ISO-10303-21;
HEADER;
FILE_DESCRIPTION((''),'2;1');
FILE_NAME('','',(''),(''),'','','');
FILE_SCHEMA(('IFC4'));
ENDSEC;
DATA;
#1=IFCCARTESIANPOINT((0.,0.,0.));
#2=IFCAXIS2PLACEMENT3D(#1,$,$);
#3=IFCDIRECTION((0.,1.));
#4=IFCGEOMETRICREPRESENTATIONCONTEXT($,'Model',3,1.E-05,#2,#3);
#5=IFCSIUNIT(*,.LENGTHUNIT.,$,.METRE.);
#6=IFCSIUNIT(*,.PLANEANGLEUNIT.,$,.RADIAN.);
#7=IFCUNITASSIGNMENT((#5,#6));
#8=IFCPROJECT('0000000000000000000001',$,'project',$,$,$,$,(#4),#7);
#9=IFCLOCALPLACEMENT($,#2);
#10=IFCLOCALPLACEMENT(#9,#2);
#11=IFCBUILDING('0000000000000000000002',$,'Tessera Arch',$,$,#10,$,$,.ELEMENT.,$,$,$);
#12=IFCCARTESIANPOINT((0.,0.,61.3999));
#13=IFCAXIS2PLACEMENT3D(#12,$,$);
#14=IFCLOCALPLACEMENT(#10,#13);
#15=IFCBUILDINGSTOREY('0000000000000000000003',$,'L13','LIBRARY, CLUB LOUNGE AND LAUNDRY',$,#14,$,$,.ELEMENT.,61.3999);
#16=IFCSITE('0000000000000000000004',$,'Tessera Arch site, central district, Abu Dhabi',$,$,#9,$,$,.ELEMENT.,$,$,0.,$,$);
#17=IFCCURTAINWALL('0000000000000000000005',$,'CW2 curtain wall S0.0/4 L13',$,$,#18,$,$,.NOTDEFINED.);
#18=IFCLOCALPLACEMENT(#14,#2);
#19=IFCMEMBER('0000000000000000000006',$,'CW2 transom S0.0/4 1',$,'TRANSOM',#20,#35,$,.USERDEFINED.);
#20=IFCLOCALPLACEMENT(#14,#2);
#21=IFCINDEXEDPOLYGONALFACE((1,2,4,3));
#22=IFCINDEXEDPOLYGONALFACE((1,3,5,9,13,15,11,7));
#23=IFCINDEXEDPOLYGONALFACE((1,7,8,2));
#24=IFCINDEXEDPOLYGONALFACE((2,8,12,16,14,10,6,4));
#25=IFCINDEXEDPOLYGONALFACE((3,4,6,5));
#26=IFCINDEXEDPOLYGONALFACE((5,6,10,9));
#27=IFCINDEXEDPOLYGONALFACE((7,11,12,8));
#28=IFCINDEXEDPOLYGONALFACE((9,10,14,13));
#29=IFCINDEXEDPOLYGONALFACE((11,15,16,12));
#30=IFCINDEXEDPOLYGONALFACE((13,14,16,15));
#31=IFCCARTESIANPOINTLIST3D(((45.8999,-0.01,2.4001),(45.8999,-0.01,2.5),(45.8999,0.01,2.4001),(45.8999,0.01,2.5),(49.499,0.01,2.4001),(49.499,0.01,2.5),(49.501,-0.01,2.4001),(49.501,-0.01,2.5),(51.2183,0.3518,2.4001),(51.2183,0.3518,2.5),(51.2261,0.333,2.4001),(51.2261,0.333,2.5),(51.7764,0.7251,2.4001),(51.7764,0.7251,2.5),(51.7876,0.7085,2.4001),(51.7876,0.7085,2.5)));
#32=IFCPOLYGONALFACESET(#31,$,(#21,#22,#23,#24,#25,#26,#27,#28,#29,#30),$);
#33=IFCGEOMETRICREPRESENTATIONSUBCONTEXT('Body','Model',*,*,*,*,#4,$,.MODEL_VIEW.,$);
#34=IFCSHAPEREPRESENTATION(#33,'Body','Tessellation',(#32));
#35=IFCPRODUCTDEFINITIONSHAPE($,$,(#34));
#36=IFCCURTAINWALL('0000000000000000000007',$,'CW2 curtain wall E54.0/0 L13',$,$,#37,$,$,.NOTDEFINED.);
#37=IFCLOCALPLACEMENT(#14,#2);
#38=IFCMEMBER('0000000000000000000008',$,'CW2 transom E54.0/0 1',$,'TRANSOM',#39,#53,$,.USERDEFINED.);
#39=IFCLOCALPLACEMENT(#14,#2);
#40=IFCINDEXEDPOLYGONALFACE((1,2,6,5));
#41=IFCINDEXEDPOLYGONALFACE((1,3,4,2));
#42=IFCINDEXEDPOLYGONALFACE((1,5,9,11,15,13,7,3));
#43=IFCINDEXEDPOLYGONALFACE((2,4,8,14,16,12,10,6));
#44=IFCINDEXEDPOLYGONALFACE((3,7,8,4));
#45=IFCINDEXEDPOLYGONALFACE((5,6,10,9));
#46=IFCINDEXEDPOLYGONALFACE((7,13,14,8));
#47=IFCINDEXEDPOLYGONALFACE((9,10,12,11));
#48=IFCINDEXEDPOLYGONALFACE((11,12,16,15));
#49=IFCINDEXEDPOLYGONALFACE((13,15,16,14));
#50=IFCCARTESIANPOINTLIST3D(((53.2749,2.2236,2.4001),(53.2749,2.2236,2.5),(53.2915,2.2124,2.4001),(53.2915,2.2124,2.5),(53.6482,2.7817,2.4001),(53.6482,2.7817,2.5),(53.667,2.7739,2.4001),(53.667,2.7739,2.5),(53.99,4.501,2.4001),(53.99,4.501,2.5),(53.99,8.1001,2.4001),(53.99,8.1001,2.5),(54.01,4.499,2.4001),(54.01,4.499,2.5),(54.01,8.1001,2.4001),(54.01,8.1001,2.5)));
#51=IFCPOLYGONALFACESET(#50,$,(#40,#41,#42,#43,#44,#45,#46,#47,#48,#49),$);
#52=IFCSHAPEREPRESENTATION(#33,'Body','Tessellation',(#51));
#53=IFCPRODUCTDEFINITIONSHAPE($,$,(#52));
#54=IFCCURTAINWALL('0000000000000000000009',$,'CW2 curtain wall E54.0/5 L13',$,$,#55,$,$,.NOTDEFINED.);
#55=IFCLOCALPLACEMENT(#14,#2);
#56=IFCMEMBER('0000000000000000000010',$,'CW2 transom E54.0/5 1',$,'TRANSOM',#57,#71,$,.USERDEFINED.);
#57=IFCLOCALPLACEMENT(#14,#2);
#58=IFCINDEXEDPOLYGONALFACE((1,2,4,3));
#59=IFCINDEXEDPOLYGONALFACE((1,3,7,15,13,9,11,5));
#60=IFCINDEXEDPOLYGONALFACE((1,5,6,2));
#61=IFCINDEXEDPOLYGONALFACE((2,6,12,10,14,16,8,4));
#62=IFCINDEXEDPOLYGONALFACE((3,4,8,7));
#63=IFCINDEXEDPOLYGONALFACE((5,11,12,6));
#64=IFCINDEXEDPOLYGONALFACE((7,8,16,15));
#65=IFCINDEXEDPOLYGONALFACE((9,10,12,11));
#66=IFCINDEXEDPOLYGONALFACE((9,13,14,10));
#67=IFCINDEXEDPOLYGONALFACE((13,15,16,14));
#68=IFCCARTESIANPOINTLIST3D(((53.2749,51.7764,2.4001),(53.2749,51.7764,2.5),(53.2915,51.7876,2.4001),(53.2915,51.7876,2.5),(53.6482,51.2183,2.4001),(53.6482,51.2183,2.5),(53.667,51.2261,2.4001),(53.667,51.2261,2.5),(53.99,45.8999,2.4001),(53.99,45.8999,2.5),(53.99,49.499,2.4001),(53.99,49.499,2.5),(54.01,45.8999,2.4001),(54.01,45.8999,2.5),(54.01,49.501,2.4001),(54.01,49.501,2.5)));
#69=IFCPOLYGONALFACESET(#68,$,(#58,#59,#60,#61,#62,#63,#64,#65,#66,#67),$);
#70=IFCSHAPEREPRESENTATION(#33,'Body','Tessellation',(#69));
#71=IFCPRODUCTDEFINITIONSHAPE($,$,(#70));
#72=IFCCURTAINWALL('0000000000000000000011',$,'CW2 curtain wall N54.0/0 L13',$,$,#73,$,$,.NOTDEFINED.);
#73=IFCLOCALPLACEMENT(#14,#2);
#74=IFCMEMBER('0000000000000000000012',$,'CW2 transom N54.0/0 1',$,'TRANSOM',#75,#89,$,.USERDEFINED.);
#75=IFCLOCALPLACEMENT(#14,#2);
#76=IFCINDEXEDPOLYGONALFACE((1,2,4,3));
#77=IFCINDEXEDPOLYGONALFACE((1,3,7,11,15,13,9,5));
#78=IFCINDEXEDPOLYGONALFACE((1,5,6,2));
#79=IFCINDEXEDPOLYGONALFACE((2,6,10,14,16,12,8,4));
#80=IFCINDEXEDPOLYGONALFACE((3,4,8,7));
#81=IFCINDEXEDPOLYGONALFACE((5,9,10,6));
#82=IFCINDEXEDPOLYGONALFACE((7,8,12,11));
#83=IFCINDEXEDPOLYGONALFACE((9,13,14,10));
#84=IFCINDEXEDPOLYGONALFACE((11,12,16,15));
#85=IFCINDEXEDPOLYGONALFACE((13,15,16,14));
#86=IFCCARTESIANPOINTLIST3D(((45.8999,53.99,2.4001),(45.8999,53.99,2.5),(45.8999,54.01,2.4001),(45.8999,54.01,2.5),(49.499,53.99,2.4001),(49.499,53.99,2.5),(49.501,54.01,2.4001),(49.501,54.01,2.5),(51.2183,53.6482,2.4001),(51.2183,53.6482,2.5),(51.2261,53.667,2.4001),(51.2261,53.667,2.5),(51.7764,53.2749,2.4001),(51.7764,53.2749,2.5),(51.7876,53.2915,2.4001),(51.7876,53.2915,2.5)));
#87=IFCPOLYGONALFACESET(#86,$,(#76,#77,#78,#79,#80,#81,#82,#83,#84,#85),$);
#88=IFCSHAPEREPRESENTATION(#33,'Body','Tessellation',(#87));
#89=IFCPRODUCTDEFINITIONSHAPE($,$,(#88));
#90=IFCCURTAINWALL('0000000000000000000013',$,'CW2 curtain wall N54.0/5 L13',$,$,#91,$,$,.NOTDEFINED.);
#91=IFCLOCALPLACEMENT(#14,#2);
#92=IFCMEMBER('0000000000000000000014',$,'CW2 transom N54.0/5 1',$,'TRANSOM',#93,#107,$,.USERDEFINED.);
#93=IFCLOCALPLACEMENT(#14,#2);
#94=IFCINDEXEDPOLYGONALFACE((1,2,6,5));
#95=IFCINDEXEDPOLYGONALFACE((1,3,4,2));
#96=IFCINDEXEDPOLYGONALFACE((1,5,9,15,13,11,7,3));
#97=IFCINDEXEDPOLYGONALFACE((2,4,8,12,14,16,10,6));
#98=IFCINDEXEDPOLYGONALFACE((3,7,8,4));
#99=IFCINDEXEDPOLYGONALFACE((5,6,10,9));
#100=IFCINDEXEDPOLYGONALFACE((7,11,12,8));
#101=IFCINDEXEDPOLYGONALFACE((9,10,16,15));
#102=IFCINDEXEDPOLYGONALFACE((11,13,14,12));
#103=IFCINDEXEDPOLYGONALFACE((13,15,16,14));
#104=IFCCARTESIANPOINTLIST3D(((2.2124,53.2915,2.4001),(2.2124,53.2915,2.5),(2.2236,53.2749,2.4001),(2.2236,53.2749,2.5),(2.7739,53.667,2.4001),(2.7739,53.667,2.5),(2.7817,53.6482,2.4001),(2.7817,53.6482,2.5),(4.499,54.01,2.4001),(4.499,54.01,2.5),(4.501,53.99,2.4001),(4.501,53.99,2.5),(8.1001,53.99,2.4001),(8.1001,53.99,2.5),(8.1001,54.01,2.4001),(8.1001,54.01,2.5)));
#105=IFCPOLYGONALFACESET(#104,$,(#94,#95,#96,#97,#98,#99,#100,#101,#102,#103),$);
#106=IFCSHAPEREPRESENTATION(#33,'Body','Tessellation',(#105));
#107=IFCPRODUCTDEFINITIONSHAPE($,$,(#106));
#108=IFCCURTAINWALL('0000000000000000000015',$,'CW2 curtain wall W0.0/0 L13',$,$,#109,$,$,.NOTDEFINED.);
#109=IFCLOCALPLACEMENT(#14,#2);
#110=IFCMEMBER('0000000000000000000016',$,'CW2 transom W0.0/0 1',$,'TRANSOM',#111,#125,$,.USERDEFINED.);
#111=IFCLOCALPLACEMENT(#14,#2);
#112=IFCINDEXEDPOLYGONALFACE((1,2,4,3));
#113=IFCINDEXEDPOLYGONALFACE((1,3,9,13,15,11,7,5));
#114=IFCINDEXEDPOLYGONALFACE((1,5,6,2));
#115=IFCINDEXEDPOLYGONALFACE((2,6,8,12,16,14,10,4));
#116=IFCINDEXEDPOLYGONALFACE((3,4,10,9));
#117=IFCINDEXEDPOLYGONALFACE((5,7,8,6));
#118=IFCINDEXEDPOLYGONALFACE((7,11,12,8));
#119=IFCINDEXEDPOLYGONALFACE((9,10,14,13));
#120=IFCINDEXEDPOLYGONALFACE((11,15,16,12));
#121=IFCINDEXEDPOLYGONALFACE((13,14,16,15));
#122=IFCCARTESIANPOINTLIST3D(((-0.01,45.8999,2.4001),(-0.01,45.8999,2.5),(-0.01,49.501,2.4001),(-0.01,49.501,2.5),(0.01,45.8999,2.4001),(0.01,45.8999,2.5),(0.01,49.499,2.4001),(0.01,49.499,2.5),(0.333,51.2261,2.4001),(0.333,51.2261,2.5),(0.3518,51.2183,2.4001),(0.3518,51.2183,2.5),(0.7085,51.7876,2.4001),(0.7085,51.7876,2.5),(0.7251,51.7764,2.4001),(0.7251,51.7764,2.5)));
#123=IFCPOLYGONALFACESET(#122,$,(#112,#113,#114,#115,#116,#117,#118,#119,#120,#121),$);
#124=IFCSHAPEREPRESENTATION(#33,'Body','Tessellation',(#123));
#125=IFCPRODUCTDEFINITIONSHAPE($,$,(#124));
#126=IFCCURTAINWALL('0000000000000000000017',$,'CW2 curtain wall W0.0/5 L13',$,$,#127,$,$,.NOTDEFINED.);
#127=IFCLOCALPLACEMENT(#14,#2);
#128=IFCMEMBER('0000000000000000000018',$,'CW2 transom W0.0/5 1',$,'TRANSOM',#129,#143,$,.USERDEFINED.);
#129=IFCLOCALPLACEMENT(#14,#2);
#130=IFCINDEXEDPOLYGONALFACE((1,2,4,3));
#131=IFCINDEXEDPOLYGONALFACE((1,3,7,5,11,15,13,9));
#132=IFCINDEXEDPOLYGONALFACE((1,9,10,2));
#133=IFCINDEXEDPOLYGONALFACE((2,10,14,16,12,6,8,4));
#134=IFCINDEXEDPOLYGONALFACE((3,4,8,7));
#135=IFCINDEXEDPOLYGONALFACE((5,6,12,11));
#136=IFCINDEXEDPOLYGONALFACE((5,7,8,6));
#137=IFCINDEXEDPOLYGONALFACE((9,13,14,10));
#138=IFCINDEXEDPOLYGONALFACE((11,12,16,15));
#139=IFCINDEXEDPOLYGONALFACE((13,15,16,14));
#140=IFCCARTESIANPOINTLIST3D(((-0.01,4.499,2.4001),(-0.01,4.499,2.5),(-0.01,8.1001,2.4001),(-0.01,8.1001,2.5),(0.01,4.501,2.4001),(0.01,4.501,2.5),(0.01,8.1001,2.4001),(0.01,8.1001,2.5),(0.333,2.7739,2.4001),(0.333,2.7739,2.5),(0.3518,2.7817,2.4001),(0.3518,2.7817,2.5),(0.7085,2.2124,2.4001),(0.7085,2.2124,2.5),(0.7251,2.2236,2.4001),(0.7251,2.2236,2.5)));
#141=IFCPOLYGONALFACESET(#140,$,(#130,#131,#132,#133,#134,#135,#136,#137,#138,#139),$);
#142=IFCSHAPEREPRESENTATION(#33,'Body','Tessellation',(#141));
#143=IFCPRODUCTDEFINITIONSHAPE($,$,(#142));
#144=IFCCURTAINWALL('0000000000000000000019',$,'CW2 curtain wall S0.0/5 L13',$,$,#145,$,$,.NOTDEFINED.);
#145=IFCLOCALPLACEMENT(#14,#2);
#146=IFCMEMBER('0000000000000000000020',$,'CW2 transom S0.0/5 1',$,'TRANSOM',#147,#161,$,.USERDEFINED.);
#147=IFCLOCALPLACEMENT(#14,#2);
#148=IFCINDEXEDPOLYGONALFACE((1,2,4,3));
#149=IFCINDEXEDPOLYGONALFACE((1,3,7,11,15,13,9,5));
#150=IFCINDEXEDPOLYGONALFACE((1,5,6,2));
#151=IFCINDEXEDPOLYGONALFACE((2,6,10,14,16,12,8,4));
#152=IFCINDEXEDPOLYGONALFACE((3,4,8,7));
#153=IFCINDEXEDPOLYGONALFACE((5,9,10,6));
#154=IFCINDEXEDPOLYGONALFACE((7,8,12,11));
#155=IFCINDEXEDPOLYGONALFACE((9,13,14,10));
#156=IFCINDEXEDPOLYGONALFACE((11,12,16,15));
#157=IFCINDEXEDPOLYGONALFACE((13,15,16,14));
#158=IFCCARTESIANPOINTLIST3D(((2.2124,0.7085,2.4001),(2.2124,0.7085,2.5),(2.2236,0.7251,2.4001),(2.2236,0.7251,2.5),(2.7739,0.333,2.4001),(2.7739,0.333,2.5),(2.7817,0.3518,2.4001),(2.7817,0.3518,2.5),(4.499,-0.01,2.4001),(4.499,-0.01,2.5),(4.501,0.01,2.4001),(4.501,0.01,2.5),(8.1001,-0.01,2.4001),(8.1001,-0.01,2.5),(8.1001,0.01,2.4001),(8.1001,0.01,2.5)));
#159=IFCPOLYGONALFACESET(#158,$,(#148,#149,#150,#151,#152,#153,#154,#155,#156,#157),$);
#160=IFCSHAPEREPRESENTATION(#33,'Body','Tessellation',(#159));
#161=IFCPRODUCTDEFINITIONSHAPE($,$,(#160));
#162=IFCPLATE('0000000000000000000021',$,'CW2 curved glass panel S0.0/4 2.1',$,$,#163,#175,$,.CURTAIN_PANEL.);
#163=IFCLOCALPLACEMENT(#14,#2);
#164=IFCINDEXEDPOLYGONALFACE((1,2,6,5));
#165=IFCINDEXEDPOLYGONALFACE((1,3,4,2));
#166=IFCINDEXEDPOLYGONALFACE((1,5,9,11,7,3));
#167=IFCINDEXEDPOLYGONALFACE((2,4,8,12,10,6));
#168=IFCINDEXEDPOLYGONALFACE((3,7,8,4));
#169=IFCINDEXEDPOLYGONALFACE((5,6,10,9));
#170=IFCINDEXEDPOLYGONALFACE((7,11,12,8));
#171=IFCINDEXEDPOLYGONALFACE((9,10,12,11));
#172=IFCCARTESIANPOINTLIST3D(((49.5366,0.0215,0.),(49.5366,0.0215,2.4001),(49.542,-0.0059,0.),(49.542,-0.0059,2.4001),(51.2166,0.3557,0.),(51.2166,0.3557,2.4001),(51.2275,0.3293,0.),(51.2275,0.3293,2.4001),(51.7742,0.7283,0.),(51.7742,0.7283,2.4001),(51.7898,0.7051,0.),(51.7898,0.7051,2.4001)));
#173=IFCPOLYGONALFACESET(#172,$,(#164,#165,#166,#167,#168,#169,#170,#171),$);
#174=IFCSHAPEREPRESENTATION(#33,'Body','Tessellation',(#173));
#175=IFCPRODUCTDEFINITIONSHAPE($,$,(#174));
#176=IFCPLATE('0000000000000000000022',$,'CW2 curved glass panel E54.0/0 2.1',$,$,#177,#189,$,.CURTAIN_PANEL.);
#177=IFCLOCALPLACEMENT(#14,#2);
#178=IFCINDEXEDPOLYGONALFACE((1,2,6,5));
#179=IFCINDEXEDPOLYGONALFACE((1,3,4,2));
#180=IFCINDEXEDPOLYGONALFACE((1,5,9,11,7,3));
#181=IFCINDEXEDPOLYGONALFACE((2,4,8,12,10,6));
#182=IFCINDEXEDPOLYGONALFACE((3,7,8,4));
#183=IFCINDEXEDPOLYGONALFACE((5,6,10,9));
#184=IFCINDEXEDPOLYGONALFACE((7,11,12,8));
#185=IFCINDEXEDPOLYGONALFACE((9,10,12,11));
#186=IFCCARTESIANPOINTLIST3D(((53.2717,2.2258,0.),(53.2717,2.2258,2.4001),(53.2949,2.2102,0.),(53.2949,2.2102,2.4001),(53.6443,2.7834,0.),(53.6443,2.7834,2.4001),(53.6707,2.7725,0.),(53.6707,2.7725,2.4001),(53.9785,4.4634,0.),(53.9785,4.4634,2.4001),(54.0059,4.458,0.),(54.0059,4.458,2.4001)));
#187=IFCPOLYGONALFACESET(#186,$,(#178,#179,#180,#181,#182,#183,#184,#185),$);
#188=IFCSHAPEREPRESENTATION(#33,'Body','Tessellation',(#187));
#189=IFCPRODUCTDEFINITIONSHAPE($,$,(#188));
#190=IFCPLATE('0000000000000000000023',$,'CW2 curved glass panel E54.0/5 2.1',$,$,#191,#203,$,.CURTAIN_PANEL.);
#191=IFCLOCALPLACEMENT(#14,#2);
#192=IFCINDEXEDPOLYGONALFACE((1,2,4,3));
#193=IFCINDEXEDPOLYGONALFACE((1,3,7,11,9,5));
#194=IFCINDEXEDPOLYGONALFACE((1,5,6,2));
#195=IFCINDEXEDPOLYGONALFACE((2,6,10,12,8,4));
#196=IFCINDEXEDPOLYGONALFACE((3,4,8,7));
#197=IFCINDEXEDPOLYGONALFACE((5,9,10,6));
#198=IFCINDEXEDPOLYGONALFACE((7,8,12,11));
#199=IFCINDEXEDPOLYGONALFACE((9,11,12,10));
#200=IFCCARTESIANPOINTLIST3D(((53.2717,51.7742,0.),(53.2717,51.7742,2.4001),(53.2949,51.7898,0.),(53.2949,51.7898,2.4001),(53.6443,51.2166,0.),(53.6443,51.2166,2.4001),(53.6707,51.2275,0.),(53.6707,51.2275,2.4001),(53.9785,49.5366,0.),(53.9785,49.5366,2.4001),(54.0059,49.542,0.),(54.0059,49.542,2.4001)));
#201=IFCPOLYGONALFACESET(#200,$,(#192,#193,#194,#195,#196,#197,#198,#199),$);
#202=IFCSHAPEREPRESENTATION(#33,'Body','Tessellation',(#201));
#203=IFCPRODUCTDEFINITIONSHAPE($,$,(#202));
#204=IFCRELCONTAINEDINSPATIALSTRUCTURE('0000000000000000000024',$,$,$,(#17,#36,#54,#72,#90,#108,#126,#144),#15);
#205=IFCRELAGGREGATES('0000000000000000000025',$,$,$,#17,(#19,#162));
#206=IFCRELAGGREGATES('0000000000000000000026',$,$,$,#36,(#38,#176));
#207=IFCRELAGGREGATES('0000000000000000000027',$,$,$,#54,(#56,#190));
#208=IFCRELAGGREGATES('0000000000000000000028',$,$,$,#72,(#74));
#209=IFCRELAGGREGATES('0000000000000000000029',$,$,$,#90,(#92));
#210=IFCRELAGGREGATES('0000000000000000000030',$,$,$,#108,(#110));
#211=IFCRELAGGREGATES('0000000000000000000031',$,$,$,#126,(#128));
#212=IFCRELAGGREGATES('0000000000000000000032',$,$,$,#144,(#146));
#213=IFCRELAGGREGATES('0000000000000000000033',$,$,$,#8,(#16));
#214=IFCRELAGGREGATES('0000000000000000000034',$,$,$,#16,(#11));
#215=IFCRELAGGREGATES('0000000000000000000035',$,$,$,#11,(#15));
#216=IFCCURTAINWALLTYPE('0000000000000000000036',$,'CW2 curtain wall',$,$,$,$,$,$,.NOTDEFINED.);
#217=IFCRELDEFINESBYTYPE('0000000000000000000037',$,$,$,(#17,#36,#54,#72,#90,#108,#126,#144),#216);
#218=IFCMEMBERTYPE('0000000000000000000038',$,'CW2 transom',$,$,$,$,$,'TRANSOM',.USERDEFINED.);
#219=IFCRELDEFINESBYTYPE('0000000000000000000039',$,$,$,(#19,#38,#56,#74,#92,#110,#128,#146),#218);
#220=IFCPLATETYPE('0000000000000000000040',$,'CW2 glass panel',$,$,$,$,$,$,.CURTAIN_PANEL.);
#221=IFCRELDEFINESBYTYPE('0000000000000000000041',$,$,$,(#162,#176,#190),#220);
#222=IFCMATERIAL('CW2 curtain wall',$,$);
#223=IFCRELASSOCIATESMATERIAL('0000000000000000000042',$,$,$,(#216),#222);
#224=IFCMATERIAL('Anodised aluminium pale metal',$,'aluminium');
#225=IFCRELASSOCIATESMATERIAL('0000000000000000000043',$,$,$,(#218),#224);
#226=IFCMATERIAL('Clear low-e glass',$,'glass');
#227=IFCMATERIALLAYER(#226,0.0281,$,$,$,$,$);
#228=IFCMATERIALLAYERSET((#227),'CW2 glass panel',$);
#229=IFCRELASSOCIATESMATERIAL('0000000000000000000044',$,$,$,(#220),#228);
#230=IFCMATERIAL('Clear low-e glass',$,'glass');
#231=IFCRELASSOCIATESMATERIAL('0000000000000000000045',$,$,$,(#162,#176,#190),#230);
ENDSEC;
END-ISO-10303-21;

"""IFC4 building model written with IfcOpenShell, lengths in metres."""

from ifc_helpers import new_model, si_unit, direction, frame, origin, origin_2d, place, context, subcontext, project, spatial, polyline, rectangle, outline, extrude, material, layer, layer_set, material_profile, profile_set, type_object, element, aggregate, save


model = new_model("IFC4")

# Units and contexts
model_context = context("Model", 3, precision=1e-05, world=origin(), true_north=direction((0.0, 1.0)))
body_context = subcontext(model_context, "Body", "Model", "MODEL_VIEW")
ifc_project = project(units=[si_unit("LENGTHUNIT", "METRE"), si_unit("PLANEANGLEUNIT", "RADIAN")], contexts=[model_context])

# Site, building, storey
site_placement = place(None, origin())
site = spatial("IfcSite", under=ifc_project, at=site_placement, Name="Tessera Arch site, central district, Abu Dhabi", CompositionType="ELEMENT", RefElevation=0.0)
building_placement = place(site_placement, origin())
building = spatial("IfcBuilding", under=site, at=building_placement, Name="Tessera Arch", CompositionType="ELEMENT")
storey_placement = place(building_placement, frame((0.0, 0.0, 61.3999)))
storey = spatial("IfcBuildingStorey", under=building, at=storey_placement, Name="L13", Description="LIBRARY, CLUB LOUNGE AND LAUNDRY", CompositionType="ELEMENT", Elevation=61.3999)

# Curtain walls, members
ifc_material_1 = material(Name="CW2 curtain wall")
curtain_wall_type = type_object("IfcCurtainWallType", Name="CW2 curtain wall", PredefinedType="NOTDEFINED", material=ifc_material_1)
curtain_wall_1_placement = place(storey_placement, origin())
curtain_wall_1 = element("IfcCurtainWall", 1, at=curtain_wall_1_placement, inside=storey, type_object=curtain_wall_type, Name="CW2 curtain wall S0.0/4 L13", PredefinedType="NOTDEFINED")
ifc_material_2 = material(Name="Anodised aluminium pale metal", Category="aluminium")
ifc_material_profile = material_profile(ifc_material_2, rectangle(XDim=0.2, YDim=0.1001, at=origin_2d()), Name="AL 200x100")
ifc_profile_set = profile_set([ifc_material_profile], Name="Anodised aluminium pale metal")
member_type = type_object("IfcMemberType", Name="CW2 transom", ElementType="TRANSOM", PredefinedType="USERDEFINED", material=ifc_profile_set)
member_1_placement = place(storey_placement, frame((0.0, 0.0, 2.4001)))
member_1 = element("IfcMember", 2, at=member_1_placement, type_object=member_type, Name="CW2 transom S0.0/4 1", ObjectType="TRANSOM", PredefinedType="USERDEFINED", context=body_context, shape_type="SweptSolid", body=[
    extrude(outline(polyline([(49.499, 0.01), (45.8999, 0.01), (45.8999, -0.01), (49.501, -0.01), (51.2261, 0.333), (51.7876, 0.7085), (51.7764, 0.7251), (51.2183, 0.3518), (49.499, 0.01)])), origin(), (0.0, 0.0, 1.0), 0.0999),
])
curtain_wall_2_placement = place(storey_placement, origin())
curtain_wall_2 = element("IfcCurtainWall", 3, at=curtain_wall_2_placement, inside=storey, type_object=curtain_wall_type, Name="CW2 curtain wall E54.0/0 L13", PredefinedType="NOTDEFINED")
member_2_placement = place(storey_placement, frame((0.0, 0.0, 2.4001)))
member_2 = element("IfcMember", 4, at=member_2_placement, type_object=member_type, Name="CW2 transom E54.0/0 1", ObjectType="TRANSOM", PredefinedType="USERDEFINED", context=body_context, shape_type="SweptSolid", body=[
    extrude(outline(polyline([(53.6482, 2.7817), (53.2749, 2.2236), (53.2915, 2.2124), (53.667, 2.7739), (54.01, 4.499), (54.01, 8.1001), (53.99, 8.1001), (53.99, 4.501), (53.6482, 2.7817)])), origin(), (0.0, 0.0, 1.0), 0.0999),
])
curtain_wall_3_placement = place(storey_placement, origin())
curtain_wall_3 = element("IfcCurtainWall", 5, at=curtain_wall_3_placement, inside=storey, type_object=curtain_wall_type, Name="CW2 curtain wall E54.0/5 L13", PredefinedType="NOTDEFINED")
member_3_placement = place(storey_placement, frame((0.0, 0.0, 2.4001)))
member_3 = element("IfcMember", 6, at=member_3_placement, type_object=member_type, Name="CW2 transom E54.0/5 1", ObjectType="TRANSOM", PredefinedType="USERDEFINED", context=body_context, shape_type="SweptSolid", body=[
    extrude(outline(polyline([(53.99, 49.499), (53.99, 45.8999), (54.01, 45.8999), (54.01, 49.501), (53.667, 51.2261), (53.2915, 51.7876), (53.2749, 51.7764), (53.6482, 51.2183), (53.99, 49.499)])), origin(), (0.0, 0.0, 1.0), 0.0999),
])
curtain_wall_4_placement = place(storey_placement, origin())
curtain_wall_4 = element("IfcCurtainWall", 7, at=curtain_wall_4_placement, inside=storey, type_object=curtain_wall_type, Name="CW2 curtain wall N54.0/0 L13", PredefinedType="NOTDEFINED")
member_4_placement = place(storey_placement, frame((0.0, 0.0, 2.4001)))
member_4 = element("IfcMember", 8, at=member_4_placement, type_object=member_type, Name="CW2 transom N54.0/0 1", ObjectType="TRANSOM", PredefinedType="USERDEFINED", context=body_context, shape_type="SweptSolid", body=[
    extrude(outline(polyline([(51.2183, 53.6482), (51.7764, 53.2749), (51.7876, 53.2915), (51.2261, 53.667), (49.501, 54.01), (45.8999, 54.01), (45.8999, 53.99), (49.499, 53.99), (51.2183, 53.6482)])), origin(), (0.0, 0.0, 1.0), 0.0999),
])
curtain_wall_5_placement = place(storey_placement, origin())
curtain_wall_5 = element("IfcCurtainWall", 9, at=curtain_wall_5_placement, inside=storey, type_object=curtain_wall_type, Name="CW2 curtain wall N54.0/5 L13", PredefinedType="NOTDEFINED")
member_5_placement = place(storey_placement, frame((0.0, 0.0, 2.4001)))
member_5 = element("IfcMember", 10, at=member_5_placement, type_object=member_type, Name="CW2 transom N54.0/5 1", ObjectType="TRANSOM", PredefinedType="USERDEFINED", context=body_context, shape_type="SweptSolid", body=[
    extrude(outline(polyline([(4.501, 53.99), (8.1001, 53.99), (8.1001, 54.01), (4.499, 54.01), (2.7739, 53.667), (2.2124, 53.2915), (2.2236, 53.2749), (2.7817, 53.6482), (4.501, 53.99)])), origin(), (0.0, 0.0, 1.0), 0.0999),
])
curtain_wall_6_placement = place(storey_placement, origin())
curtain_wall_6 = element("IfcCurtainWall", 11, at=curtain_wall_6_placement, inside=storey, type_object=curtain_wall_type, Name="CW2 curtain wall W0.0/0 L13", PredefinedType="NOTDEFINED")
member_6_placement = place(storey_placement, frame((0.0, 0.0, 2.4001)))
member_6 = element("IfcMember", 12, at=member_6_placement, type_object=member_type, Name="CW2 transom W0.0/0 1", ObjectType="TRANSOM", PredefinedType="USERDEFINED", context=body_context, shape_type="SweptSolid", body=[
    extrude(outline(polyline([(0.3518, 51.2183), (0.7251, 51.7764), (0.7085, 51.7876), (0.333, 51.2261), (-0.01, 49.501), (-0.01, 45.8999), (0.01, 45.8999), (0.01, 49.499), (0.3518, 51.2183)])), origin(), (0.0, 0.0, 1.0), 0.0999),
])
curtain_wall_7_placement = place(storey_placement, origin())
curtain_wall_7 = element("IfcCurtainWall", 13, at=curtain_wall_7_placement, inside=storey, type_object=curtain_wall_type, Name="CW2 curtain wall W0.0/5 L13", PredefinedType="NOTDEFINED")
member_7_placement = place(storey_placement, frame((0.0, 0.0, 2.4001)))
member_7 = element("IfcMember", 14, at=member_7_placement, type_object=member_type, Name="CW2 transom W0.0/5 1", ObjectType="TRANSOM", PredefinedType="USERDEFINED", context=body_context, shape_type="SweptSolid", body=[
    extrude(outline(polyline([(0.01, 4.501), (0.01, 8.1001), (-0.01, 8.1001), (-0.01, 4.499), (0.333, 2.7739), (0.7085, 2.2124), (0.7251, 2.2236), (0.3518, 2.7817), (0.01, 4.501)])), origin(), (0.0, 0.0, 1.0), 0.0999),
])
curtain_wall_8_placement = place(storey_placement, origin())
curtain_wall_8 = element("IfcCurtainWall", 15, at=curtain_wall_8_placement, inside=storey, type_object=curtain_wall_type, Name="CW2 curtain wall S0.0/5 L13", PredefinedType="NOTDEFINED")
member_8_placement = place(storey_placement, frame((0.0, 0.0, 2.4001)))
member_8 = element("IfcMember", 16, at=member_8_placement, type_object=member_type, Name="CW2 transom S0.0/5 1", ObjectType="TRANSOM", PredefinedType="USERDEFINED", context=body_context, shape_type="SweptSolid", body=[
    extrude(outline(polyline([(2.7817, 0.3518), (2.2236, 0.7251), (2.2124, 0.7085), (2.7739, 0.333), (4.499, -0.01), (8.1001, -0.01), (8.1001, 0.01), (4.501, 0.01), (2.7817, 0.3518)])), origin(), (0.0, 0.0, 1.0), 0.0999),
])

# Plates
ifc_material_3 = material(Name="Clear low-e glass", Category="glass")
ifc_material_4 = material(Name="Clear low-e glass", Category="glass")
ifc_layer_1 = layer(ifc_material_4, 0.0281)
ifc_layer_set_1 = layer_set([ifc_layer_1], Name="CW2 glass panel")
plate_type_1 = type_object("IfcPlateType", Name="CW2 glass panel", PredefinedType="CURTAIN_PANEL", material=ifc_layer_set_1)
plate_1_placement = place(storey_placement, origin())
plate_1 = element("IfcPlate", 17, at=plate_1_placement, type_object=plate_type_1, material=ifc_material_3, Name="CW2 curved glass panel S0.0/4 2.1", PredefinedType="CURTAIN_PANEL", context=body_context, shape_type="SweptSolid", body=[
    extrude(outline(polyline([(51.2166, 0.3557), (49.5366, 0.0215), (49.542, -0.0059), (51.2275, 0.3293), (51.7898, 0.7051), (51.7742, 0.7283), (51.2166, 0.3557)])), origin(), (0.0, 0.0, 1.0), 2.4001),
])
plate_2_placement = place(storey_placement, origin())
plate_2 = element("IfcPlate", 18, at=plate_2_placement, type_object=plate_type_1, material=ifc_material_3, Name="CW2 curved glass panel E54.0/0 2.1", PredefinedType="CURTAIN_PANEL", context=body_context, shape_type="SweptSolid", body=[
    extrude(outline(polyline([(53.6443, 2.7834), (53.2717, 2.2258), (53.2949, 2.2102), (53.6707, 2.7725), (54.0059, 4.458), (53.9785, 4.4634), (53.6443, 2.7834)])), origin(), (0.0, 0.0, 1.0), 2.4001),
])
plate_3_placement = place(storey_placement, origin())
plate_3 = element("IfcPlate", 19, at=plate_3_placement, type_object=plate_type_1, material=ifc_material_3, Name="CW2 curved glass panel E54.0/5 2.1", PredefinedType="CURTAIN_PANEL", context=body_context, shape_type="SweptSolid", body=[
    extrude(outline(polyline([(53.6443, 51.2166), (53.9785, 49.5366), (54.0059, 49.542), (53.6707, 51.2275), (53.2949, 51.7898), (53.2717, 51.7742), (53.6443, 51.2166)])), origin(), (0.0, 0.0, 1.0), 2.4001),
])
aggregate(curtain_wall_1, [member_1, plate_1])
aggregate(curtain_wall_2, [member_2, plate_2])
aggregate(curtain_wall_3, [member_3, plate_3])
aggregate(curtain_wall_4, [member_4])
aggregate(curtain_wall_5, [member_5])
aggregate(curtain_wall_6, [member_6])
aggregate(curtain_wall_7, [member_7])
aggregate(curtain_wall_8, [member_8])

save(model, "model.ifc")
